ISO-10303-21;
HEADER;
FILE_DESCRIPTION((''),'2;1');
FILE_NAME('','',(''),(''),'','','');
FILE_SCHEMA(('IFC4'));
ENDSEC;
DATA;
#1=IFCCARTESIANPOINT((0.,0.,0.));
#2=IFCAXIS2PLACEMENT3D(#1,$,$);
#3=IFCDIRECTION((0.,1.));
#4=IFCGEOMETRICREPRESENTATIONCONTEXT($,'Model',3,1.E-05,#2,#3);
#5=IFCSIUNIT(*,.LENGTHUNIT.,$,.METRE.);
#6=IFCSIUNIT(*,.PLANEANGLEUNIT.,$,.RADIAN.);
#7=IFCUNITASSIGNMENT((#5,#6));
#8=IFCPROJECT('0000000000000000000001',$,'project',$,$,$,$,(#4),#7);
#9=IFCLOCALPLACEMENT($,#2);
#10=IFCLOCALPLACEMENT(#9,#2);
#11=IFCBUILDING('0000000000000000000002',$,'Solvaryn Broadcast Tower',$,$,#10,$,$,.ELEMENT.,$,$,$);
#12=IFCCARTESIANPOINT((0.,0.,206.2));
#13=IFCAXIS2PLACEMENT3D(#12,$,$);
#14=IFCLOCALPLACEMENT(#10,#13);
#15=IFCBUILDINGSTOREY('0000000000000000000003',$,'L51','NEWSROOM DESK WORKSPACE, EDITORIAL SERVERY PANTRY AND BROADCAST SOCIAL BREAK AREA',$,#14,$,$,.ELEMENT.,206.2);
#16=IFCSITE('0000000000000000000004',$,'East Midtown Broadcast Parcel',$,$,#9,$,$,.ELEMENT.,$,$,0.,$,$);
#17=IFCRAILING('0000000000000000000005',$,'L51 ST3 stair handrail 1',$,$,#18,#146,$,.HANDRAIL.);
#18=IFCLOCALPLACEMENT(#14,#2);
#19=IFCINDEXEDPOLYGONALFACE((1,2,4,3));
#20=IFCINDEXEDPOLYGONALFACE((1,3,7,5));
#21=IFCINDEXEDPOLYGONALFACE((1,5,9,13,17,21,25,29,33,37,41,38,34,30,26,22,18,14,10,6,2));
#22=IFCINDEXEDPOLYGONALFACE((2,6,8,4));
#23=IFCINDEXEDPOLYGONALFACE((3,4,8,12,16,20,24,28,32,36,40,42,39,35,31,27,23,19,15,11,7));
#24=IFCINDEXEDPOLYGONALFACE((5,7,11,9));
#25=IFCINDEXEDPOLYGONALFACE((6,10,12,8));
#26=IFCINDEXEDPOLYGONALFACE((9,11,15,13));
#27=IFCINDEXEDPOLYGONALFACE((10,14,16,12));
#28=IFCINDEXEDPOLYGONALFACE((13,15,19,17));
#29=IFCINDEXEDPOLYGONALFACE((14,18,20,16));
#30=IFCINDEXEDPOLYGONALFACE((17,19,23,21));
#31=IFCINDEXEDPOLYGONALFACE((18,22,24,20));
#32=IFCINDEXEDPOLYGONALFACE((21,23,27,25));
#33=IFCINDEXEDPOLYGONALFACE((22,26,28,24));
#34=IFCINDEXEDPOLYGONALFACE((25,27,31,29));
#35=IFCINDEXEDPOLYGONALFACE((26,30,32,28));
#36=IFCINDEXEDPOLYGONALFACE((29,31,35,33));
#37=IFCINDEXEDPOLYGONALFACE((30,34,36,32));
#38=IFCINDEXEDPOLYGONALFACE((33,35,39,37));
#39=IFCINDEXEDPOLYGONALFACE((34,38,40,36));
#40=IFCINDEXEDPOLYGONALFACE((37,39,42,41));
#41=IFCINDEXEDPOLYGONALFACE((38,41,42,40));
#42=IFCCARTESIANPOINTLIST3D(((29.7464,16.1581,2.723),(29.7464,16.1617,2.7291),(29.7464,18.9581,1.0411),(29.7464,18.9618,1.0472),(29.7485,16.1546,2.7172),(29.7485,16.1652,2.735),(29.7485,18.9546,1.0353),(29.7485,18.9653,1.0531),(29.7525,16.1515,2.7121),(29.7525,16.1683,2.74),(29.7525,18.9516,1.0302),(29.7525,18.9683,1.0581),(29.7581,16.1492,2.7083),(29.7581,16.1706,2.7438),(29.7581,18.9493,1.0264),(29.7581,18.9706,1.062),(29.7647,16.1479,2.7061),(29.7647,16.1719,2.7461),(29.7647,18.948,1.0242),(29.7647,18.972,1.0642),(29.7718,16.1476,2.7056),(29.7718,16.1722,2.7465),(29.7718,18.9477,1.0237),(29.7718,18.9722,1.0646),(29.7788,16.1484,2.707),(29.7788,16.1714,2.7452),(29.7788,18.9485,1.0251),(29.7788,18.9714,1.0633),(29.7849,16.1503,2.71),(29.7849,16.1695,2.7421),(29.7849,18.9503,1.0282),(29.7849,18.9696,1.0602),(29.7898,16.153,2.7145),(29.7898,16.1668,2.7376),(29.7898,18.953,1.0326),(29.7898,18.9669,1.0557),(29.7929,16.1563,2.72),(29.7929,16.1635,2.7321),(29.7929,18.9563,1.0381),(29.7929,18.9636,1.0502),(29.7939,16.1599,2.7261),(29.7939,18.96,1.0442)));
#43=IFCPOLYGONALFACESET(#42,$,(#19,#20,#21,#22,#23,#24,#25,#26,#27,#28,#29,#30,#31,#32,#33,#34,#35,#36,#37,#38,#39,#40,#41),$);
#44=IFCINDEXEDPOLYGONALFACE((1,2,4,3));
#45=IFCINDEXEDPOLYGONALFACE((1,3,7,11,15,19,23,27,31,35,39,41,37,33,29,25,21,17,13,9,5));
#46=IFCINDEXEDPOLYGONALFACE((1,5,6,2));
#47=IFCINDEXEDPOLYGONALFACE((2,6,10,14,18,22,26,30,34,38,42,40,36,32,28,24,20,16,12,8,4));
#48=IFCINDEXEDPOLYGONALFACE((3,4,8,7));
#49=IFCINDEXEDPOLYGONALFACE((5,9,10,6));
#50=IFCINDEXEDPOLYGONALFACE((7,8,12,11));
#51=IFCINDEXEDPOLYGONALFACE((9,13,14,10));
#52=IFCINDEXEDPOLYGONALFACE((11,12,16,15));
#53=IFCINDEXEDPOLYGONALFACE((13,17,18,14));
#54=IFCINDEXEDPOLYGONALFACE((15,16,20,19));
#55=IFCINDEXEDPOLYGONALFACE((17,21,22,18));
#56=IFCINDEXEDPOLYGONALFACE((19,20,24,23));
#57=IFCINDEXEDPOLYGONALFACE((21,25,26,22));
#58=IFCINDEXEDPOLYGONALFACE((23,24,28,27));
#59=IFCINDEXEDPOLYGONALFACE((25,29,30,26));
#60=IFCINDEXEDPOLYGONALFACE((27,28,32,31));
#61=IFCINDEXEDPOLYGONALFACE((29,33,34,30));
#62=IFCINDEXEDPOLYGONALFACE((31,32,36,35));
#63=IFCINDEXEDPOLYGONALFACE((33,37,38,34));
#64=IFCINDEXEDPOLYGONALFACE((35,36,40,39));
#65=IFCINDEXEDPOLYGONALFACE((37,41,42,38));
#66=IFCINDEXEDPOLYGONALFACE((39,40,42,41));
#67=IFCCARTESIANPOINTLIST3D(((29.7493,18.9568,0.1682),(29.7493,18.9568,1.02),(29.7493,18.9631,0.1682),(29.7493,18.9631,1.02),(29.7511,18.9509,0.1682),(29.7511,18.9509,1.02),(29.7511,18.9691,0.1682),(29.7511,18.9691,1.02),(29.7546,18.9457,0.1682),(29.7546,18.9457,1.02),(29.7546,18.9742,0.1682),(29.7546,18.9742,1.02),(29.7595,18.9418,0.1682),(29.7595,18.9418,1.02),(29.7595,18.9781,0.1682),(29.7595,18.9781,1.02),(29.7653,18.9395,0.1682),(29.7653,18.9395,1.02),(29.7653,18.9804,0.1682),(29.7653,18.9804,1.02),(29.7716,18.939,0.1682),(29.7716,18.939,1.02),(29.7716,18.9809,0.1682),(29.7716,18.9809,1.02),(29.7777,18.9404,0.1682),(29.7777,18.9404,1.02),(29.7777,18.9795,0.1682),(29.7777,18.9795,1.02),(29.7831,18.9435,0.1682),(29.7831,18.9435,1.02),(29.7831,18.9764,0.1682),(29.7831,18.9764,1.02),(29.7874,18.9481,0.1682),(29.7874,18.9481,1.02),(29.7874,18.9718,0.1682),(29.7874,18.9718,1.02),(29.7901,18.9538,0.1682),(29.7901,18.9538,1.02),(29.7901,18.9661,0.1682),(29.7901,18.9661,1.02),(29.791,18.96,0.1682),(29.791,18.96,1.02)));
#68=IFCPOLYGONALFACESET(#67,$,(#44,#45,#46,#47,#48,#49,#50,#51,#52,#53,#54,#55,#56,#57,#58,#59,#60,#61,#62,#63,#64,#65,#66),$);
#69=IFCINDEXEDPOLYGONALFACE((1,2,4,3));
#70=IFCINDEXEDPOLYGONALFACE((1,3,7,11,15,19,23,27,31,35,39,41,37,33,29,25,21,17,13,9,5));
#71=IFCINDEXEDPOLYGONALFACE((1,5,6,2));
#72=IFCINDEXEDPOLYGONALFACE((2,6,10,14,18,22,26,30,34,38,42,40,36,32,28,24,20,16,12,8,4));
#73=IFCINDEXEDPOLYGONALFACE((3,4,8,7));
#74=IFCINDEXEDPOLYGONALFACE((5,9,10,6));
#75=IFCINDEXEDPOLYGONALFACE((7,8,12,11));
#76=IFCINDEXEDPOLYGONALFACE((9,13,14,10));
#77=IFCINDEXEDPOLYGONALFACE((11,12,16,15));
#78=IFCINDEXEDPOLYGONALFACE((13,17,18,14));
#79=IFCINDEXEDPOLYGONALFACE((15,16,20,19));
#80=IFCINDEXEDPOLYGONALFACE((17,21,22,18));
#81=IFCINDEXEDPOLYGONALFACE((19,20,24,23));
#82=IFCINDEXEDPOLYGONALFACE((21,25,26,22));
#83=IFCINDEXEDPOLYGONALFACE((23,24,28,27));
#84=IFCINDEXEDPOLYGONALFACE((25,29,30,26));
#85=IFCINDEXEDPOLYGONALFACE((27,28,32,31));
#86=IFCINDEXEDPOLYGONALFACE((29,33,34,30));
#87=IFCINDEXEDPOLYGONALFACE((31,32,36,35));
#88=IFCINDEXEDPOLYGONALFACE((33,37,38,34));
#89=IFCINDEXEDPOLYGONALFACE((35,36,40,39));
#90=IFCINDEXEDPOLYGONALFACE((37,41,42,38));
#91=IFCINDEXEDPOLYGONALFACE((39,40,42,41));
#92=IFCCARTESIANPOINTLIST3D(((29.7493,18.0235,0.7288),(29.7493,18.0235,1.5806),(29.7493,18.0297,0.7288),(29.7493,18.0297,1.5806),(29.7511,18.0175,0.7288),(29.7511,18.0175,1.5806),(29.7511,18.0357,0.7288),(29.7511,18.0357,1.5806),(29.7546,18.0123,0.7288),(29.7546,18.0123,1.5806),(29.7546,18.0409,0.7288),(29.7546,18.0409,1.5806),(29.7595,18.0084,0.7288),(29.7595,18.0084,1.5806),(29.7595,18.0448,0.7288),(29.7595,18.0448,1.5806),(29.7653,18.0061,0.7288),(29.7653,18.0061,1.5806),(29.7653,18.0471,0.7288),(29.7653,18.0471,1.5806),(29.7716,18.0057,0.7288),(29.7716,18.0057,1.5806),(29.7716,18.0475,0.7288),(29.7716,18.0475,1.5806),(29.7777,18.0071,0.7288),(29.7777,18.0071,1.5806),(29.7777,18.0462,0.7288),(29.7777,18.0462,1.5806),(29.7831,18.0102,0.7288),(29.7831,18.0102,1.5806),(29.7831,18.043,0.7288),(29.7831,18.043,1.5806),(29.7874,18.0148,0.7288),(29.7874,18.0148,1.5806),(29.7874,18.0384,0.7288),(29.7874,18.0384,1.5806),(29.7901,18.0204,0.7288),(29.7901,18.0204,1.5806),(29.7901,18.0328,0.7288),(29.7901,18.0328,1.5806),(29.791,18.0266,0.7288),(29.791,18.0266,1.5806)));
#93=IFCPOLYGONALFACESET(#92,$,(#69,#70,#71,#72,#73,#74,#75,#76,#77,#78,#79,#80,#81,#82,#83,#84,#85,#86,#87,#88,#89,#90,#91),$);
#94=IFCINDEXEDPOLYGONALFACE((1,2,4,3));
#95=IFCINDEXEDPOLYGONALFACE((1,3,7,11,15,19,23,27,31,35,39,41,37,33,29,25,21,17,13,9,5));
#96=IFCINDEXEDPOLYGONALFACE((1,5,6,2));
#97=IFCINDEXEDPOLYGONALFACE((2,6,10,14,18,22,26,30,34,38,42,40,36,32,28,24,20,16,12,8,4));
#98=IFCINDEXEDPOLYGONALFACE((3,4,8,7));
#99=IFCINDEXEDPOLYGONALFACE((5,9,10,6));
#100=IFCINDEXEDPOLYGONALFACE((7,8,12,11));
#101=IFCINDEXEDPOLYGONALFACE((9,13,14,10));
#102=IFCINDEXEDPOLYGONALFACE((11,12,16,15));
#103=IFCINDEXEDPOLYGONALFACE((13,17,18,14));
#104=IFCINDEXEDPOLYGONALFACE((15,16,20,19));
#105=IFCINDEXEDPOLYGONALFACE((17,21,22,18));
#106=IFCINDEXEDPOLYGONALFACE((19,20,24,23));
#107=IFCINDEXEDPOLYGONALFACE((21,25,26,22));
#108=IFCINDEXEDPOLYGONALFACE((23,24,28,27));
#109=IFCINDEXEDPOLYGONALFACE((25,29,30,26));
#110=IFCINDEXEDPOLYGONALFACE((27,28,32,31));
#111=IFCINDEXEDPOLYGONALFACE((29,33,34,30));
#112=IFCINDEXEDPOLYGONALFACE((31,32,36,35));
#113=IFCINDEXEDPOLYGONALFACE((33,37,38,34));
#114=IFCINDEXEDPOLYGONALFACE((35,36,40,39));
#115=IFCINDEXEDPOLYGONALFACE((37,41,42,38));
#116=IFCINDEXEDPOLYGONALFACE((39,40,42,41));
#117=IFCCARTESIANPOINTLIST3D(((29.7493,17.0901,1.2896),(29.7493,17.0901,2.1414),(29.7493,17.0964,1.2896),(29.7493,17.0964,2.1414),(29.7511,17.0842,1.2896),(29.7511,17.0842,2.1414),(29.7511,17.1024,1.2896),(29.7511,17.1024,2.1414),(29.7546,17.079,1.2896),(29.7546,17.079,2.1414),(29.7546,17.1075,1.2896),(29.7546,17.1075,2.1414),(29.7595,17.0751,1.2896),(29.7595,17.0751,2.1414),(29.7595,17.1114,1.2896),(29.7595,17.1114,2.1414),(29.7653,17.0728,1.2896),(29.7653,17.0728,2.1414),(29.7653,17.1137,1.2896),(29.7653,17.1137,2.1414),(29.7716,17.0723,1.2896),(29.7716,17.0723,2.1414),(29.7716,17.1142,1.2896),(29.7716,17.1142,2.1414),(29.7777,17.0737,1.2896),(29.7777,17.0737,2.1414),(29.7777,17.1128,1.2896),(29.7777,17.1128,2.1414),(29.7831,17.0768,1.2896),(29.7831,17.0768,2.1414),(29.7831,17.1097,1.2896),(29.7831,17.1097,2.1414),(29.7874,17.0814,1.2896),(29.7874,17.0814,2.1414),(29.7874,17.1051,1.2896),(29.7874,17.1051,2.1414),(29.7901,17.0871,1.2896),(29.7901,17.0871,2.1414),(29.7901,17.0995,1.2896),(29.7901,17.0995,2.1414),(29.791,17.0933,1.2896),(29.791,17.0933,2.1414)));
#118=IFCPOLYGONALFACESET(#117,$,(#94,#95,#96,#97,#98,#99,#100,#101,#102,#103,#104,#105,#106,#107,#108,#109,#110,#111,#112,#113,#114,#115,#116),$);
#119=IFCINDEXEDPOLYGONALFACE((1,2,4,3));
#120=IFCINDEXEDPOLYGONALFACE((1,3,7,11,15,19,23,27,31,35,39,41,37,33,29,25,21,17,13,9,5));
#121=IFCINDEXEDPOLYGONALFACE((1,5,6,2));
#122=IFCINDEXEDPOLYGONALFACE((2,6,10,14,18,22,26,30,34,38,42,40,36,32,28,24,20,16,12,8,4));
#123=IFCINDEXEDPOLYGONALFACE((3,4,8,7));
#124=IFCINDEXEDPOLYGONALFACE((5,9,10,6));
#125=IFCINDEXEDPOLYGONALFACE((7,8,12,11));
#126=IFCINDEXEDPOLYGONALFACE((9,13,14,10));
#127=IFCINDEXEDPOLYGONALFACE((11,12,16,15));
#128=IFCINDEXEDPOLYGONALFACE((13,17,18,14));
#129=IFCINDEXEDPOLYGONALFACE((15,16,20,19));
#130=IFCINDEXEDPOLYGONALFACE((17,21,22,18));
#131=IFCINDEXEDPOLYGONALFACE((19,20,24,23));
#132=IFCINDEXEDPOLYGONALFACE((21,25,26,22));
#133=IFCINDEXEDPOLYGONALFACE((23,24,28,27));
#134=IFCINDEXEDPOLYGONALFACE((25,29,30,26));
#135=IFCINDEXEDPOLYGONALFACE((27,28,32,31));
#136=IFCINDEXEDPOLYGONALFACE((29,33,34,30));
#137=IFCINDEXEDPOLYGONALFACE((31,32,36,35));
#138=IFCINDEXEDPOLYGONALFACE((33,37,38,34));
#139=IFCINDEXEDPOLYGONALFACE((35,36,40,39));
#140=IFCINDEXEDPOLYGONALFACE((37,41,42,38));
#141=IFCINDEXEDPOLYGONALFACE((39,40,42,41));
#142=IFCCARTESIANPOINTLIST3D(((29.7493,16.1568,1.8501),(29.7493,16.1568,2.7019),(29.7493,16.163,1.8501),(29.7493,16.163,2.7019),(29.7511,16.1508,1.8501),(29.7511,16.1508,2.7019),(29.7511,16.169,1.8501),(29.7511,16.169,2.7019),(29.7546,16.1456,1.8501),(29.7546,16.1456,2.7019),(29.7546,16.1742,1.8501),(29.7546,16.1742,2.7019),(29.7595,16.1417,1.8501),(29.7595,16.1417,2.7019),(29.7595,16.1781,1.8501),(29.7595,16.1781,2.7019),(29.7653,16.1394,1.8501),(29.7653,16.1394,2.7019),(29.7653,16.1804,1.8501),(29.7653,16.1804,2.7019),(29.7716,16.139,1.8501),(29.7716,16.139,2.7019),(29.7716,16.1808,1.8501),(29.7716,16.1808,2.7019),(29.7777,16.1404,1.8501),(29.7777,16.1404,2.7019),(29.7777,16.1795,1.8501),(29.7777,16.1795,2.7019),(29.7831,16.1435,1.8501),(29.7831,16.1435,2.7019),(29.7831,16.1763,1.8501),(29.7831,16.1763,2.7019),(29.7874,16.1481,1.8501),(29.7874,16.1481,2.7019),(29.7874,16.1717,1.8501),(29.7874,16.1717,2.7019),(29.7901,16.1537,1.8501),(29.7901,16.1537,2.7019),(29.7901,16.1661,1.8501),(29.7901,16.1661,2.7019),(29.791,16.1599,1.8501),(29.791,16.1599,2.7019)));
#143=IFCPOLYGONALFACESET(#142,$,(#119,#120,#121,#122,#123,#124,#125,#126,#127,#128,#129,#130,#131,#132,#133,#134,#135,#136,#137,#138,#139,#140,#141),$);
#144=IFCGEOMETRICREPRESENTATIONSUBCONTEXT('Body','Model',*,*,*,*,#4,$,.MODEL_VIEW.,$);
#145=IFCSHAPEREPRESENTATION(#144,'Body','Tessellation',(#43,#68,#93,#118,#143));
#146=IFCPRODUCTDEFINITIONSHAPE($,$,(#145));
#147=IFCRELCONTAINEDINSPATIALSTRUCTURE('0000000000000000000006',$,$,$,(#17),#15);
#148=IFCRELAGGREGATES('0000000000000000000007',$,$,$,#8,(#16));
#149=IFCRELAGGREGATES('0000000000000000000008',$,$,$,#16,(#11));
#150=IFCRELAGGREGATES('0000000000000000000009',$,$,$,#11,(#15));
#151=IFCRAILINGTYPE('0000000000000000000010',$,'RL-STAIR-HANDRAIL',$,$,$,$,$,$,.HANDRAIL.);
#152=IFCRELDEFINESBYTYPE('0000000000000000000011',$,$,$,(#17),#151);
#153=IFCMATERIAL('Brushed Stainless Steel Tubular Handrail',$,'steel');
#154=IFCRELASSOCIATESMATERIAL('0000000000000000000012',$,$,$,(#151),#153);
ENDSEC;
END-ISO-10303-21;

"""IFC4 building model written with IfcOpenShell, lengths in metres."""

from ifc_helpers import new_model, si_unit, direction, frame, origin, origin_2d, place, context, subcontext, project, spatial, circle, extrude, material, type_object, element, save


model = new_model("IFC4")

# Units and contexts
model_context = context("Model", 3, precision=1e-05, world=origin(), true_north=direction((0.0, 1.0)))
body_context = subcontext(model_context, "Body", "Model", "MODEL_VIEW")
ifc_project = project(units=[si_unit("LENGTHUNIT", "METRE"), si_unit("PLANEANGLEUNIT", "RADIAN")], contexts=[model_context])

# Site, building, storey
site_placement = place(None, origin())
site = spatial("IfcSite", under=ifc_project, at=site_placement, Name="East Midtown Broadcast Parcel", CompositionType="ELEMENT", RefElevation=0.0)
building_placement = place(site_placement, origin())
building = spatial("IfcBuilding", under=site, at=building_placement, Name="Solvaryn Broadcast Tower", CompositionType="ELEMENT")
storey_placement = place(building_placement, frame((0.0, 0.0, 206.2)))
storey = spatial("IfcBuildingStorey", under=building, at=storey_placement, Name="L51", Description="NEWSROOM DESK WORKSPACE, EDITORIAL SERVERY PANTRY AND BROADCAST SOCIAL BREAK AREA", CompositionType="ELEMENT", Elevation=206.2)

# Railing
ifc_material_1 = material(Name="Brushed Stainless Steel Tubular Handrail", Category="steel")
railing_type_1 = type_object("IfcRailingType", Name="RL-STAIR-HANDRAIL", PredefinedType="HANDRAIL", material=ifc_material_1)
railing_1_placement = place(storey_placement, frame((29.77, 18.96, 0.1682)))
element("IfcRailing", 1, at=railing_1_placement, inside=storey, type_object=railing_type_1, Name="L51 ST3 stair handrail 1", PredefinedType="HANDRAIL", context=body_context, shape_type="SweptSolid", body=[
    extrude(circle(Radius=0.0239, at=origin_2d()), frame((0.0, 0.0, 0.876), z_axis=(0.0, -0.857242, 0.514913), x_axis=(1.0, 0.0, 0.0)), (0.0, 0.0, 1.0), 3.2664),
    extrude(circle(Radius=0.021, at=origin_2d()), origin(), (0.0, 0.0, 1.0), 0.8518),
    extrude(circle(Radius=0.021, at=origin_2d()), frame((0.0, -0.9333, 0.5605)), (0.0, 0.0, 1.0), 0.8518),
    extrude(circle(Radius=0.021, at=origin_2d()), frame((0.0, -1.8667, 1.1213)), (0.0, 0.0, 1.0), 0.8518),
    extrude(circle(Radius=0.021, at=origin_2d()), frame((0.0, -2.8, 1.6819)), (0.0, 0.0, 1.0), 0.8518),
])

save(model, "model.ifc")
